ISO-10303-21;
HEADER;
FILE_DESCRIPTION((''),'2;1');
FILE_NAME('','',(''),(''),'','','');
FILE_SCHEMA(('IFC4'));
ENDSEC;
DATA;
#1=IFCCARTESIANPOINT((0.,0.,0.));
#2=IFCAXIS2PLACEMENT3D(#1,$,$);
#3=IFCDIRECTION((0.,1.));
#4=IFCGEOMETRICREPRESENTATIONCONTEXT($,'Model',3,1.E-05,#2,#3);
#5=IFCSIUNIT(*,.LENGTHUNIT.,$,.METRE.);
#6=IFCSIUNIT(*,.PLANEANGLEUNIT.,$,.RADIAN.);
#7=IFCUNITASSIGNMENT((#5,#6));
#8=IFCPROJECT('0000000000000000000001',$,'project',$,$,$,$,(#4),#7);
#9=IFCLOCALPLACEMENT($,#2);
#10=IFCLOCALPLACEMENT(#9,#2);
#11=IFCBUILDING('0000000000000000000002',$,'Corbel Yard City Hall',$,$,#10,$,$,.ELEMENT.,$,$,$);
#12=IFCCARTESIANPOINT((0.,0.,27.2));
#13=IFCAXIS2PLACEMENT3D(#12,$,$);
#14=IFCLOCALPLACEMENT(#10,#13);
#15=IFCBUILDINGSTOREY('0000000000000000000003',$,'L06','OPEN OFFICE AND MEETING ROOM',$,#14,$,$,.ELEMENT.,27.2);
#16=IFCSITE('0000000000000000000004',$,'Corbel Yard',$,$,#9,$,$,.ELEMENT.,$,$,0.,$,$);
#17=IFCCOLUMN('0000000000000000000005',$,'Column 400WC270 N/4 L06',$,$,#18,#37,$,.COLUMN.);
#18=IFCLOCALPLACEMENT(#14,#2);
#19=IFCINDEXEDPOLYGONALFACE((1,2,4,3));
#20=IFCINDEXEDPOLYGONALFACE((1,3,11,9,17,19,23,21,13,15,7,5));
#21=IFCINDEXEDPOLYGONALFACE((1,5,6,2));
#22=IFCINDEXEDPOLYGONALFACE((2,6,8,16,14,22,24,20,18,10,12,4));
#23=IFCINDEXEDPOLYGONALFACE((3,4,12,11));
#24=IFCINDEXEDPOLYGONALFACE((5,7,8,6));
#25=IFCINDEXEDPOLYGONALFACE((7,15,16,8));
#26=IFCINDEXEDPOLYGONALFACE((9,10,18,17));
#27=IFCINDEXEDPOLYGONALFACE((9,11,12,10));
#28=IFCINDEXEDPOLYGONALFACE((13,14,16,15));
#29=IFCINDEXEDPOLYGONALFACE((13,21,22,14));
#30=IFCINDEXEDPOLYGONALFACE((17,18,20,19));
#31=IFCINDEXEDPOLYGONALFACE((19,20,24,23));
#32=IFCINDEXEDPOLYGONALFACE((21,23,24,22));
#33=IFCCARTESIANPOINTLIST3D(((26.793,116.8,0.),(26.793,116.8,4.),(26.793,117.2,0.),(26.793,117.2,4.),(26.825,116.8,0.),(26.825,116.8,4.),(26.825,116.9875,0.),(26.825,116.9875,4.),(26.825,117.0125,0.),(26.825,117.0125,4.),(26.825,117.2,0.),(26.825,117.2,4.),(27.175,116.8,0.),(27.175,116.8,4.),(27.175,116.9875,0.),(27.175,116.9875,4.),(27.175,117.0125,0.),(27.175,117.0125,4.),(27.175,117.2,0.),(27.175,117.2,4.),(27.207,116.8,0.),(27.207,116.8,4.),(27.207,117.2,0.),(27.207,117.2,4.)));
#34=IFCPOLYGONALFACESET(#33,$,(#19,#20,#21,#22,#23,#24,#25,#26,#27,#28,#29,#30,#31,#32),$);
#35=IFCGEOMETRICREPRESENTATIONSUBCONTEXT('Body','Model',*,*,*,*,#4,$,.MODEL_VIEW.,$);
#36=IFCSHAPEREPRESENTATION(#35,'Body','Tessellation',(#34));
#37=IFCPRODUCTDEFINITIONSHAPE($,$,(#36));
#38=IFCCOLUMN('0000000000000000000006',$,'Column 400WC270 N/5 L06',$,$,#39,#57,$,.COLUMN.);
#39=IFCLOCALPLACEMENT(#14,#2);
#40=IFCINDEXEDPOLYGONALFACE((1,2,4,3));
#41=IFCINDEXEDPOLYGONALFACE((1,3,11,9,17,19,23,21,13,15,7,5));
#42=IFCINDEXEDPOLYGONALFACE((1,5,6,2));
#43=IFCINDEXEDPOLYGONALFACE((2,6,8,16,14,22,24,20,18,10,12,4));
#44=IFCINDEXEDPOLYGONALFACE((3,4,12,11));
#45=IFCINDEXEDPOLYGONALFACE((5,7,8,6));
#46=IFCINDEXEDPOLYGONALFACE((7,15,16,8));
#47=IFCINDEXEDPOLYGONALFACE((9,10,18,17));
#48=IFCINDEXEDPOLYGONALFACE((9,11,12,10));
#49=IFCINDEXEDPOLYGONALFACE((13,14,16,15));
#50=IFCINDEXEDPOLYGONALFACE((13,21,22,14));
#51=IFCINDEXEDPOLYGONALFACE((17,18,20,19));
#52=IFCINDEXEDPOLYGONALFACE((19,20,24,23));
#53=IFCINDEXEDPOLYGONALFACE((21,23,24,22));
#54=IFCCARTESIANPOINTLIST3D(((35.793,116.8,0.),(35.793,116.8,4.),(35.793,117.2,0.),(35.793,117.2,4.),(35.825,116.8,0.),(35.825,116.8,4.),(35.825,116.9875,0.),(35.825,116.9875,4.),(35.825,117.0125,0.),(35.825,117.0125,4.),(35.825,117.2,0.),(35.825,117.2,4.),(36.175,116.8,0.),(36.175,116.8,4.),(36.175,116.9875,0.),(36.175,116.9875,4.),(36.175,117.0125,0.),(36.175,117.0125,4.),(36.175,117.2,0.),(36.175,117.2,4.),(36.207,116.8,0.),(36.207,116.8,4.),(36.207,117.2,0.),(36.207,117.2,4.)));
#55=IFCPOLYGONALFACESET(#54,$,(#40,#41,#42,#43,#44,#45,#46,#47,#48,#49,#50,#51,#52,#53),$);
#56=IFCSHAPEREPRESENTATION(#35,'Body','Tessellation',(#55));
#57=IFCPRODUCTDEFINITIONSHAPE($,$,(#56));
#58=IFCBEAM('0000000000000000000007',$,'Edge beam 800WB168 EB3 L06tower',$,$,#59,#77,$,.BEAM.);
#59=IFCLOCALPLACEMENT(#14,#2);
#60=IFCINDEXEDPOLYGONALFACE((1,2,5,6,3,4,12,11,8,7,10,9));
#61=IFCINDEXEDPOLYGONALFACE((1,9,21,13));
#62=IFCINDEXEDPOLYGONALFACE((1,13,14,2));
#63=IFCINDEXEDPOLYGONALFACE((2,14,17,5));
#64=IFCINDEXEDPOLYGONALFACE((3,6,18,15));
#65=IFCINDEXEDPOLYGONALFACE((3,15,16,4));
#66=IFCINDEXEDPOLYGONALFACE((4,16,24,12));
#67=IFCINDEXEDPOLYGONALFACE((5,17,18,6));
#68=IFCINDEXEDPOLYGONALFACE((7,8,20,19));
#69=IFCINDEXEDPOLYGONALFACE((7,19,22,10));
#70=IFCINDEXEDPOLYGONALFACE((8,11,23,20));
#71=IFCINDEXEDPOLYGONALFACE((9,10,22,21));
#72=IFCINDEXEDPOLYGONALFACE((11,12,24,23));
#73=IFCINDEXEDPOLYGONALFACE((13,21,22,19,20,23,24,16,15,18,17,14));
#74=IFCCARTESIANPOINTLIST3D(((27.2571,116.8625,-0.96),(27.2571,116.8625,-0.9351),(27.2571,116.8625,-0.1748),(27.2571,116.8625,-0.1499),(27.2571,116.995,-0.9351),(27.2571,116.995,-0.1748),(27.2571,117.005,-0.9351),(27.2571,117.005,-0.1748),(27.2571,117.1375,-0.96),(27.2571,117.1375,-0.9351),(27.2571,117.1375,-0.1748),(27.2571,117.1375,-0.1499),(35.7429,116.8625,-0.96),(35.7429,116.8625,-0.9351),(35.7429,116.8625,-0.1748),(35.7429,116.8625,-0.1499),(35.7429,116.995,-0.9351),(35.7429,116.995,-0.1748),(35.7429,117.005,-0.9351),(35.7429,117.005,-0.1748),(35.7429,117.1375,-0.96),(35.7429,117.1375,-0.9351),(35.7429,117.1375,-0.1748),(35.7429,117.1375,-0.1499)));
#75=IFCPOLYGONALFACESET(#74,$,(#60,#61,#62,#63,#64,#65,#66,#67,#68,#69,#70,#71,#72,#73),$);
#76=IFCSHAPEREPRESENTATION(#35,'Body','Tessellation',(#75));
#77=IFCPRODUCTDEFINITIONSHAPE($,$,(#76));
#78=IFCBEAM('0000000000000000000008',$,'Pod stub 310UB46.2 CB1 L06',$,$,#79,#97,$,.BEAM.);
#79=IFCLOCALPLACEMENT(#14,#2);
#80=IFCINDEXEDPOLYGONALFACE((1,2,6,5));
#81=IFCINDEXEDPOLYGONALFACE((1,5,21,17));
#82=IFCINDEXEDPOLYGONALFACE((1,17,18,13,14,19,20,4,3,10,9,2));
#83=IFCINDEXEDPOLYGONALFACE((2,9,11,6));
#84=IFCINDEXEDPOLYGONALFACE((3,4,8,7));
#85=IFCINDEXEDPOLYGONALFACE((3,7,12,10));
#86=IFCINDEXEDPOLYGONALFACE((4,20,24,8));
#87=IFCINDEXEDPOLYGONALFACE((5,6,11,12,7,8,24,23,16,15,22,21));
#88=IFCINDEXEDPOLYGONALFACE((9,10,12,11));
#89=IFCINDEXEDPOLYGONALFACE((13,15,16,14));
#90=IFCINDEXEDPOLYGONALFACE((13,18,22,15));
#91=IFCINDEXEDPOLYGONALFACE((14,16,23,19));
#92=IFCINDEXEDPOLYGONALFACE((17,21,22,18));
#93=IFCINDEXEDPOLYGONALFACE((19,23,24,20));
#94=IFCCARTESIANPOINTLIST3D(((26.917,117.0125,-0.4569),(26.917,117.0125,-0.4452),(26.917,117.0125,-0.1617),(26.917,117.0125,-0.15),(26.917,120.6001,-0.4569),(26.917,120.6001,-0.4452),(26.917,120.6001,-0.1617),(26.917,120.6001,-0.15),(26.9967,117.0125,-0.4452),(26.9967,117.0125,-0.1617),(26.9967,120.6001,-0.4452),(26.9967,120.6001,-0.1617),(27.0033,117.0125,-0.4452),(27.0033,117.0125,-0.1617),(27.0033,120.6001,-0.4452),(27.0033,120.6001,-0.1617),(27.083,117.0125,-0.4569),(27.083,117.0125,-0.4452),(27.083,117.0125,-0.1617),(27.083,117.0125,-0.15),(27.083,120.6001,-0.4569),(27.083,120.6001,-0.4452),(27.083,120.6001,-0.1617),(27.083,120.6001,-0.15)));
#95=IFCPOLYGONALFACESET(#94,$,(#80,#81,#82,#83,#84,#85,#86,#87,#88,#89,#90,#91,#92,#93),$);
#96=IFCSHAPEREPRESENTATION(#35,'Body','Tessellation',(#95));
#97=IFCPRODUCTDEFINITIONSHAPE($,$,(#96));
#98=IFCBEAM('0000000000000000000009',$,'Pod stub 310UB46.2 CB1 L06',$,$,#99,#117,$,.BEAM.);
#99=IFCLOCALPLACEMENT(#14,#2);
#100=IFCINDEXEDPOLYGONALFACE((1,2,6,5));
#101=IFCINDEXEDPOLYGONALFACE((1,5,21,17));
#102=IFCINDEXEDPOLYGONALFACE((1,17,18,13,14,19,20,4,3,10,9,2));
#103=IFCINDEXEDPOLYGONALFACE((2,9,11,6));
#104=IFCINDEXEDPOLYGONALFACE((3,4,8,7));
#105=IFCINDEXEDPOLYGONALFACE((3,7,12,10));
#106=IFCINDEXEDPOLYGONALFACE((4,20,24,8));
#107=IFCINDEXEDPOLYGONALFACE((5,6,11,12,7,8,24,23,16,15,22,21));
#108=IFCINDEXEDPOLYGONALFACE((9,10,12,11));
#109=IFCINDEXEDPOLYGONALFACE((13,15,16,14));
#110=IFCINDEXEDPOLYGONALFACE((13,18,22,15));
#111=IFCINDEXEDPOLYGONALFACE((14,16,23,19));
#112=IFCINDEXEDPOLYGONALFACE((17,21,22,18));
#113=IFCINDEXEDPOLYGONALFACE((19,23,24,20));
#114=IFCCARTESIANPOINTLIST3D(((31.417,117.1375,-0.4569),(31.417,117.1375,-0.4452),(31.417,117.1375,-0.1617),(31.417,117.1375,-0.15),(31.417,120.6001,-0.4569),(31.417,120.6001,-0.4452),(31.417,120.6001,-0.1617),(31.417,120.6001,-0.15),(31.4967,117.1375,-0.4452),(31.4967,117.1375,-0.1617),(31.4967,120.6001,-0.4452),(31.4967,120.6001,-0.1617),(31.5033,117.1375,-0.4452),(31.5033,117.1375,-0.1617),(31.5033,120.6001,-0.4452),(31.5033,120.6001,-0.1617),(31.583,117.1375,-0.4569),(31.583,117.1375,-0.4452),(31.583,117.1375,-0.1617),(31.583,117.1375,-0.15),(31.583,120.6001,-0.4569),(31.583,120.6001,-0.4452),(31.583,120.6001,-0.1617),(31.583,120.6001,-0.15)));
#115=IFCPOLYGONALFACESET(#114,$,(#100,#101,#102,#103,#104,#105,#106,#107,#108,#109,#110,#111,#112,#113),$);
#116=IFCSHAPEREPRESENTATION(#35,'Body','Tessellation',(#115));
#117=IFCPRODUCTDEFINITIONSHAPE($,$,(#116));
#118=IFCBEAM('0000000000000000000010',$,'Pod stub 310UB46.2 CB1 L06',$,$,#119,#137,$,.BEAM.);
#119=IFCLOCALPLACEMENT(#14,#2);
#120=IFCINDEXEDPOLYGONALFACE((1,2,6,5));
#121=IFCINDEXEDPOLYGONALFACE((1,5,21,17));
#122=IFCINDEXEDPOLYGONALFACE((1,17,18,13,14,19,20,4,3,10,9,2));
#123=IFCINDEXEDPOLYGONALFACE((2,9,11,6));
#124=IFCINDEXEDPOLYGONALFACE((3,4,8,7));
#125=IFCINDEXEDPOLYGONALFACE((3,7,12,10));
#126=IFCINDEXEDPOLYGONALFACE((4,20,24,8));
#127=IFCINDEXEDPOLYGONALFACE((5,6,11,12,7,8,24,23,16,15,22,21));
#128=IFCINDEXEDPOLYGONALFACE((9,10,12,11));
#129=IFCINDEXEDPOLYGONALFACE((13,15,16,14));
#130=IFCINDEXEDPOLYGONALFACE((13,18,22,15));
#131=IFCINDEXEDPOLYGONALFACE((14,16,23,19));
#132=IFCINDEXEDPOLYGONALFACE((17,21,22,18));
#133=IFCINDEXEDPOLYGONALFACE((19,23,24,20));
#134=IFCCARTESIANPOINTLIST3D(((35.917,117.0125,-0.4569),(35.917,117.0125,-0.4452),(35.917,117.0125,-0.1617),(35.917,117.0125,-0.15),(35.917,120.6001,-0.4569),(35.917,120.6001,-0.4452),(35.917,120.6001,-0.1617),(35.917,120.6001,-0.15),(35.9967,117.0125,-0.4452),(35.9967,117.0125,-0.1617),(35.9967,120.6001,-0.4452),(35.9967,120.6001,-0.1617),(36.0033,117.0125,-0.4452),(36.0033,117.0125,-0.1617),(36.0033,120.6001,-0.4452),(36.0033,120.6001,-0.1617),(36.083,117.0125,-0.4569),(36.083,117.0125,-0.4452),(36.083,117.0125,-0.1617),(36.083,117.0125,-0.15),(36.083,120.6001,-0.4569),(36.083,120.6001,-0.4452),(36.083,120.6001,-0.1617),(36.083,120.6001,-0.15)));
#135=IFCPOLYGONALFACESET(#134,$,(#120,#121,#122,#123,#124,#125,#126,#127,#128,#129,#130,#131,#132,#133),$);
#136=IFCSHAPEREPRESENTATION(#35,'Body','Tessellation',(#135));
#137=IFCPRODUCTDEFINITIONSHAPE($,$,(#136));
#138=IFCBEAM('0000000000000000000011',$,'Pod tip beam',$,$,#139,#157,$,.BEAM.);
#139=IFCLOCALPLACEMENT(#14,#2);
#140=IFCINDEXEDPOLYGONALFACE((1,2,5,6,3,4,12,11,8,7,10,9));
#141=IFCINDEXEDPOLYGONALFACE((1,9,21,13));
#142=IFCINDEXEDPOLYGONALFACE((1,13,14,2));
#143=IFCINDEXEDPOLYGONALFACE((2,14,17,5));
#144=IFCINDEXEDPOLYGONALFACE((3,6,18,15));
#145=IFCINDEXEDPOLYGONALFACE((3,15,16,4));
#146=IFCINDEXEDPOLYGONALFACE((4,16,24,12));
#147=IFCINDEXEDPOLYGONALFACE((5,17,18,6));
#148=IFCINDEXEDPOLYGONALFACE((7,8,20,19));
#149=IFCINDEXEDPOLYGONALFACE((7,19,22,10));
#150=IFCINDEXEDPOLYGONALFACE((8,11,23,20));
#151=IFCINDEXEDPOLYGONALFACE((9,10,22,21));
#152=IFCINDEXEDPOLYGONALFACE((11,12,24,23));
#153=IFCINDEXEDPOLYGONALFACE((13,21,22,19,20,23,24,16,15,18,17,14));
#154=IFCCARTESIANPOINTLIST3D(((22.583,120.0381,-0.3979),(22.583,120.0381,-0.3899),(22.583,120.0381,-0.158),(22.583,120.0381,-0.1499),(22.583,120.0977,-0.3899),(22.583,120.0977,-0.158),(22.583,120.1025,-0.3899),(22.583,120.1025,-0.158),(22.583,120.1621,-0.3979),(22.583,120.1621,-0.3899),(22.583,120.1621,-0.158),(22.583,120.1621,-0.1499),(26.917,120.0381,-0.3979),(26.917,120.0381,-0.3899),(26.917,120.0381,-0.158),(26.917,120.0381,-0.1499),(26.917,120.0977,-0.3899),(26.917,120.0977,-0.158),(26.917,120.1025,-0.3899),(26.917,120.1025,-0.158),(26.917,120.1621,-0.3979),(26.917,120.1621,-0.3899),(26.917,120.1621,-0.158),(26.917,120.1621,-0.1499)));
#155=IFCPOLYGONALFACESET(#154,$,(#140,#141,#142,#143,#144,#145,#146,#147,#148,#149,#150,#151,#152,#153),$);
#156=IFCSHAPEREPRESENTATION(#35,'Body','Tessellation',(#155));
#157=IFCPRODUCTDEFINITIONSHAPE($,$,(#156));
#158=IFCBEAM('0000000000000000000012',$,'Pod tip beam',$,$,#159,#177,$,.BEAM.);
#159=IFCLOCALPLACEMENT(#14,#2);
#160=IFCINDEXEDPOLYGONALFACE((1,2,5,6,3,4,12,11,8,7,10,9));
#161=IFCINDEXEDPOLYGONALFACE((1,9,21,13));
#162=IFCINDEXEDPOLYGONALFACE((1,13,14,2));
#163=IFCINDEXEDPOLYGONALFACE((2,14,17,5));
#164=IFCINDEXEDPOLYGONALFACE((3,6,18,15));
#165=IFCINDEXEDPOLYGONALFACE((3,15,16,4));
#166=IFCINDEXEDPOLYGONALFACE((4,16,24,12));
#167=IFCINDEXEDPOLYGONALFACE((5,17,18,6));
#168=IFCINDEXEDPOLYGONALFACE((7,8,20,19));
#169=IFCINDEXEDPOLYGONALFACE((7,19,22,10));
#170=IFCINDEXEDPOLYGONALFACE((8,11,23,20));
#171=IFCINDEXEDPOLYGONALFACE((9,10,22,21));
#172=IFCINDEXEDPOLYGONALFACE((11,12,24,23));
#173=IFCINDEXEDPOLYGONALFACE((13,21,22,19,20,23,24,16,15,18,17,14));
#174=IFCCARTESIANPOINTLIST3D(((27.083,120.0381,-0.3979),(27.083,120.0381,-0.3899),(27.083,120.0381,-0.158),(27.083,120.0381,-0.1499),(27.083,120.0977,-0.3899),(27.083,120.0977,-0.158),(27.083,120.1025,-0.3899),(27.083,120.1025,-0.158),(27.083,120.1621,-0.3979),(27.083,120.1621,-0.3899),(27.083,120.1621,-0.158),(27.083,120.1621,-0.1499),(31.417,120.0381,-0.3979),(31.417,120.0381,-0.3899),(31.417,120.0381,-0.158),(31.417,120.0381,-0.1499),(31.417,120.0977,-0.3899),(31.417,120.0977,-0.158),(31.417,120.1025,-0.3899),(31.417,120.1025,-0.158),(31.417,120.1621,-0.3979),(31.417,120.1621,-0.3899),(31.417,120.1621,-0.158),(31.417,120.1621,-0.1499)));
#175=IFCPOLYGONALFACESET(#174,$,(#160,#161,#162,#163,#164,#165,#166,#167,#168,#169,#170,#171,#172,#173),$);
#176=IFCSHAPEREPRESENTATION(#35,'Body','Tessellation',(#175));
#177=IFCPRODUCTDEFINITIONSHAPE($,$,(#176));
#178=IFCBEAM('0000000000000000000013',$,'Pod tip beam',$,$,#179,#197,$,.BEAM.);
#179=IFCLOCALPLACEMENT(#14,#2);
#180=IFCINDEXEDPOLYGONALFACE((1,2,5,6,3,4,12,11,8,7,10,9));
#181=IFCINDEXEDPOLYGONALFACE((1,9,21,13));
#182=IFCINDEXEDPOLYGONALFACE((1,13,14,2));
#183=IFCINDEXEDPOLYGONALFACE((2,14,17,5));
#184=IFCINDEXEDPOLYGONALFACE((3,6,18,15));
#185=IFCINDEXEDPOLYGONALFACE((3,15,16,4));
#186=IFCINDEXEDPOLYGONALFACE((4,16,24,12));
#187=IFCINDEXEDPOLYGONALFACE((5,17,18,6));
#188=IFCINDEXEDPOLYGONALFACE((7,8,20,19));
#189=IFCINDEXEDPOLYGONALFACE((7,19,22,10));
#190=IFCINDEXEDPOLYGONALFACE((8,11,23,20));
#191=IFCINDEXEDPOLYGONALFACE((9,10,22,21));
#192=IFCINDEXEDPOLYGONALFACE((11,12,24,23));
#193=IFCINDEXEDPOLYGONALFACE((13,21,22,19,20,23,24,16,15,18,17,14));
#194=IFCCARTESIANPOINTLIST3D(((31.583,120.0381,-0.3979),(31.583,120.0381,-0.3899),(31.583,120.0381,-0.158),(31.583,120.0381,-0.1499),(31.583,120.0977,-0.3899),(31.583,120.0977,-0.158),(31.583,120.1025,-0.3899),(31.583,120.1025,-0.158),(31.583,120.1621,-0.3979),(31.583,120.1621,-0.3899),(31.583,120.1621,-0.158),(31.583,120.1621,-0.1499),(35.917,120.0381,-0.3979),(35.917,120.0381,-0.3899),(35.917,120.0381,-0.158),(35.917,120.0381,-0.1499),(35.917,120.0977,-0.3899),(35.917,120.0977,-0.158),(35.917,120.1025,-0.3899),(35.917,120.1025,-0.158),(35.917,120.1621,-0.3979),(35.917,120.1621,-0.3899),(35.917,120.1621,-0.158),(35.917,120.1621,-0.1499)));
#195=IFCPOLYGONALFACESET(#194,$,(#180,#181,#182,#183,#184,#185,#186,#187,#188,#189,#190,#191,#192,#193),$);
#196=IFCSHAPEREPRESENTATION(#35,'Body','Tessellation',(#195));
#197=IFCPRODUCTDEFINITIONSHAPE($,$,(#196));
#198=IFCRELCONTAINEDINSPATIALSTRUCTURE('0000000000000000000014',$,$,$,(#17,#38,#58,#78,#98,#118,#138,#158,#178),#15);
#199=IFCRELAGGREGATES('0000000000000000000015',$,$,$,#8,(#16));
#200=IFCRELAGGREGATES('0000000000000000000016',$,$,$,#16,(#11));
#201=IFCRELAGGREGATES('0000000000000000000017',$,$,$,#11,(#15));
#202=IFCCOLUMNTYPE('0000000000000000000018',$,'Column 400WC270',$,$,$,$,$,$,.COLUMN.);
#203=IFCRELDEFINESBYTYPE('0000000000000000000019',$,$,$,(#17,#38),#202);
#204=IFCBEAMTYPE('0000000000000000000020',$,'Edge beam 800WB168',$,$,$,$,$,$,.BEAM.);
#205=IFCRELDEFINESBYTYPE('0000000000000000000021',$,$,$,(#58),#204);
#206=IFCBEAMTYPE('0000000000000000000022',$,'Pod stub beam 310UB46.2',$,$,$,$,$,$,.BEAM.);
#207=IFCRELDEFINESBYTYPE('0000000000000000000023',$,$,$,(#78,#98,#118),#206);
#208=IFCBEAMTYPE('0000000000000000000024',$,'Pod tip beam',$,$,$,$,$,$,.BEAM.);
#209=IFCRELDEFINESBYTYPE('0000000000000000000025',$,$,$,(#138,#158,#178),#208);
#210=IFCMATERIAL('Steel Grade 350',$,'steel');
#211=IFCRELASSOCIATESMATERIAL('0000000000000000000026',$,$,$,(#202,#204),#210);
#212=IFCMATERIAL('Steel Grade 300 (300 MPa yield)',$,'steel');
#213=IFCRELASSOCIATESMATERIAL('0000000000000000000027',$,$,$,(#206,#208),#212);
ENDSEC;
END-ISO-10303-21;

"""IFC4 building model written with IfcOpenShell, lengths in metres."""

from ifc_helpers import new_model, si_unit, direction, frame, origin, origin_2d, place, context, subcontext, project, spatial, i_section, extrude, material, material_profile, profile_set, type_object, element, save


model = new_model("IFC4")

# Units and contexts
model_context = context("Model", 3, precision=1e-05, world=origin(), true_north=direction((0.0, 1.0)))
body_context = subcontext(model_context, "Body", "Model", "MODEL_VIEW")
ifc_project = project(units=[si_unit("LENGTHUNIT", "METRE"), si_unit("PLANEANGLEUNIT", "RADIAN")], contexts=[model_context])

# Site, building, storey
site_placement = place(None, origin())
site = spatial("IfcSite", under=ifc_project, at=site_placement, Name="Corbel Yard", CompositionType="ELEMENT", RefElevation=0.0)
building_placement = place(site_placement, origin())
building = spatial("IfcBuilding", under=site, at=building_placement, Name="Corbel Yard City Hall", CompositionType="ELEMENT")
storey_placement = place(building_placement, frame((0.0, 0.0, 27.2)))
storey = spatial("IfcBuildingStorey", under=building, at=storey_placement, Name="L06", Description="OPEN OFFICE AND MEETING ROOM", CompositionType="ELEMENT", Elevation=27.2)

# Columns
ifc_material_1 = material(Name="Steel Grade 350", Category="steel")
ifc_material_profile_1 = material_profile(ifc_material_1, i_section(OverallWidth=0.3999, OverallDepth=0.4141, WebThickness=0.0249, FlangeThickness=0.032, at=origin_2d()), Name="400WC270")
ifc_profile_set_1 = profile_set([ifc_material_profile_1], Name="Steel Grade 350")
column_type = type_object("IfcColumnType", Name="Column 400WC270", PredefinedType="COLUMN", material=ifc_profile_set_1)
for number, where, z_axis, x_axis, name in (
    (1, (27.0, 117.0, 0.0), (0.0, 0.0, 1.0), (0.0, 1.0, 0.0), "Column 400WC270 N/4 L06"),
    (2, (36.0, 117.0, 0.0), (0.0, 0.0, 1.0), (0.0, 1.0, 0.0), "Column 400WC270 N/5 L06"),
):
    element("IfcColumn", number, at=place(storey_placement, frame(where, z_axis=z_axis, x_axis=x_axis)), inside=storey, type_object=column_type, Name=name, PredefinedType="COLUMN", context=body_context, shape_type="SweptSolid", body=[
        extrude(i_section(OverallWidth=0.3999, OverallDepth=0.4141, WebThickness=0.0249, FlangeThickness=0.032, at=origin_2d()), origin(), (0.0, 0.0, 1.0), 4.0),
    ])

# Beams
ifc_material_profile_2 = material_profile(ifc_material_1, i_section(OverallWidth=0.2749, OverallDepth=0.8101, WebThickness=0.01, FlangeThickness=0.0249, at=origin_2d()), Name="800WB168")
ifc_profile_set_2 = profile_set([ifc_material_profile_2], Name="Steel Grade 350")
beam_type_1 = type_object("IfcBeamType", Name="Edge beam 800WB168", PredefinedType="BEAM", material=ifc_profile_set_2)
beam_1_placement = place(storey_placement, frame((27.2571, 117.0, -0.5549), z_axis=(1.0, 0.0, 0.0), x_axis=(0.0, 1.0, 0.0)))
element("IfcBeam", 3, at=beam_1_placement, inside=storey, type_object=beam_type_1, Name="Edge beam 800WB168 EB3 L06tower", PredefinedType="BEAM", context=body_context, shape_type="SweptSolid", body=[
    extrude(i_section(OverallWidth=0.2749, OverallDepth=0.8101, WebThickness=0.01, FlangeThickness=0.0249, at=origin_2d()), origin(), (0.0, 0.0, 1.0), 8.4858),
])
ifc_material_2 = material(Name="Steel Grade 300 (300 MPa yield)", Category="steel")
ifc_material_profile_3 = material_profile(ifc_material_2, i_section(OverallWidth=0.166, OverallDepth=0.3069, WebThickness=0.0066, FlangeThickness=0.0117, at=origin_2d()), Name="310UB46.2")
ifc_profile_set_3 = profile_set([ifc_material_profile_3], Name="Steel Grade 300 (300 MPa yield)")
beam_type_2 = type_object("IfcBeamType", Name="Pod stub beam 310UB46.2", PredefinedType="BEAM", material=ifc_profile_set_3)
beam_2_placement = place(storey_placement, frame((27.0, 117.0125, -0.3035), z_axis=(0.0, 1.0, 0.0), x_axis=(-1.0, 0.0, 0.0)))
element("IfcBeam", 4, at=beam_2_placement, inside=storey, type_object=beam_type_2, Name="Pod stub 310UB46.2 CB1 L06", PredefinedType="BEAM", context=body_context, shape_type="SweptSolid", body=[
    extrude(i_section(OverallWidth=0.166, OverallDepth=0.3069, WebThickness=0.0066, FlangeThickness=0.0117, at=origin_2d()), origin(), (0.0, 0.0, 1.0), 3.5876),
])
beam_3_placement = place(storey_placement, frame((31.5, 117.1375, -0.3035), z_axis=(0.0, 1.0, 0.0), x_axis=(-1.0, 0.0, 0.0)))
element("IfcBeam", 5, at=beam_3_placement, inside=storey, type_object=beam_type_2, Name="Pod stub 310UB46.2 CB1 L06", PredefinedType="BEAM", context=body_context, shape_type="SweptSolid", body=[
    extrude(i_section(OverallWidth=0.166, OverallDepth=0.3069, WebThickness=0.0066, FlangeThickness=0.0117, at=origin_2d()), origin(), (0.0, 0.0, 1.0), 3.4626),
])
beam_4_placement = place(storey_placement, frame((36.0, 117.0125, -0.3035), z_axis=(0.0, 1.0, 0.0), x_axis=(-1.0, 0.0, 0.0)))
element("IfcBeam", 6, at=beam_4_placement, inside=storey, type_object=beam_type_2, Name="Pod stub 310UB46.2 CB1 L06", PredefinedType="BEAM", context=body_context, shape_type="SweptSolid", body=[
    extrude(i_section(OverallWidth=0.166, OverallDepth=0.3069, WebThickness=0.0066, FlangeThickness=0.0117, at=origin_2d()), origin(), (0.0, 0.0, 1.0), 3.5876),
])
ifc_material_profile_4 = material_profile(ifc_material_2, i_section(OverallWidth=0.124, OverallDepth=0.248, WebThickness=0.0049, FlangeThickness=0.0081, at=origin_2d()), Name="250UB25.7")
ifc_profile_set_4 = profile_set([ifc_material_profile_4], Name="Steel Grade 300 (300 MPa yield)")
beam_type_3 = type_object("IfcBeamType", Name="Pod tip beam", PredefinedType="BEAM", material=ifc_profile_set_4)
for number, where, z_axis, x_axis, name in (
    (7, (22.583, 120.1001, -0.2739), (1.0, 0.0, 0.0), (0.0, 1.0, 0.0), "Pod tip beam"),
    (8, (27.083, 120.1001, -0.2739), (1.0, 0.0, 0.0), (0.0, 1.0, 0.0), "Pod tip beam"),
    (9, (31.583, 120.1001, -0.2739), (1.0, 0.0, 0.0), (0.0, 1.0, 0.0), "Pod tip beam"),
):
    element("IfcBeam", number, at=place(storey_placement, frame(where, z_axis=z_axis, x_axis=x_axis)), inside=storey, type_object=beam_type_3, Name=name, PredefinedType="BEAM", context=body_context, shape_type="SweptSolid", body=[
        extrude(i_section(OverallWidth=0.124, OverallDepth=0.248, WebThickness=0.0049, FlangeThickness=0.0081, at=origin_2d()), origin(), (0.0, 0.0, 1.0), 4.334),
    ])

save(model, "model.ifc")
